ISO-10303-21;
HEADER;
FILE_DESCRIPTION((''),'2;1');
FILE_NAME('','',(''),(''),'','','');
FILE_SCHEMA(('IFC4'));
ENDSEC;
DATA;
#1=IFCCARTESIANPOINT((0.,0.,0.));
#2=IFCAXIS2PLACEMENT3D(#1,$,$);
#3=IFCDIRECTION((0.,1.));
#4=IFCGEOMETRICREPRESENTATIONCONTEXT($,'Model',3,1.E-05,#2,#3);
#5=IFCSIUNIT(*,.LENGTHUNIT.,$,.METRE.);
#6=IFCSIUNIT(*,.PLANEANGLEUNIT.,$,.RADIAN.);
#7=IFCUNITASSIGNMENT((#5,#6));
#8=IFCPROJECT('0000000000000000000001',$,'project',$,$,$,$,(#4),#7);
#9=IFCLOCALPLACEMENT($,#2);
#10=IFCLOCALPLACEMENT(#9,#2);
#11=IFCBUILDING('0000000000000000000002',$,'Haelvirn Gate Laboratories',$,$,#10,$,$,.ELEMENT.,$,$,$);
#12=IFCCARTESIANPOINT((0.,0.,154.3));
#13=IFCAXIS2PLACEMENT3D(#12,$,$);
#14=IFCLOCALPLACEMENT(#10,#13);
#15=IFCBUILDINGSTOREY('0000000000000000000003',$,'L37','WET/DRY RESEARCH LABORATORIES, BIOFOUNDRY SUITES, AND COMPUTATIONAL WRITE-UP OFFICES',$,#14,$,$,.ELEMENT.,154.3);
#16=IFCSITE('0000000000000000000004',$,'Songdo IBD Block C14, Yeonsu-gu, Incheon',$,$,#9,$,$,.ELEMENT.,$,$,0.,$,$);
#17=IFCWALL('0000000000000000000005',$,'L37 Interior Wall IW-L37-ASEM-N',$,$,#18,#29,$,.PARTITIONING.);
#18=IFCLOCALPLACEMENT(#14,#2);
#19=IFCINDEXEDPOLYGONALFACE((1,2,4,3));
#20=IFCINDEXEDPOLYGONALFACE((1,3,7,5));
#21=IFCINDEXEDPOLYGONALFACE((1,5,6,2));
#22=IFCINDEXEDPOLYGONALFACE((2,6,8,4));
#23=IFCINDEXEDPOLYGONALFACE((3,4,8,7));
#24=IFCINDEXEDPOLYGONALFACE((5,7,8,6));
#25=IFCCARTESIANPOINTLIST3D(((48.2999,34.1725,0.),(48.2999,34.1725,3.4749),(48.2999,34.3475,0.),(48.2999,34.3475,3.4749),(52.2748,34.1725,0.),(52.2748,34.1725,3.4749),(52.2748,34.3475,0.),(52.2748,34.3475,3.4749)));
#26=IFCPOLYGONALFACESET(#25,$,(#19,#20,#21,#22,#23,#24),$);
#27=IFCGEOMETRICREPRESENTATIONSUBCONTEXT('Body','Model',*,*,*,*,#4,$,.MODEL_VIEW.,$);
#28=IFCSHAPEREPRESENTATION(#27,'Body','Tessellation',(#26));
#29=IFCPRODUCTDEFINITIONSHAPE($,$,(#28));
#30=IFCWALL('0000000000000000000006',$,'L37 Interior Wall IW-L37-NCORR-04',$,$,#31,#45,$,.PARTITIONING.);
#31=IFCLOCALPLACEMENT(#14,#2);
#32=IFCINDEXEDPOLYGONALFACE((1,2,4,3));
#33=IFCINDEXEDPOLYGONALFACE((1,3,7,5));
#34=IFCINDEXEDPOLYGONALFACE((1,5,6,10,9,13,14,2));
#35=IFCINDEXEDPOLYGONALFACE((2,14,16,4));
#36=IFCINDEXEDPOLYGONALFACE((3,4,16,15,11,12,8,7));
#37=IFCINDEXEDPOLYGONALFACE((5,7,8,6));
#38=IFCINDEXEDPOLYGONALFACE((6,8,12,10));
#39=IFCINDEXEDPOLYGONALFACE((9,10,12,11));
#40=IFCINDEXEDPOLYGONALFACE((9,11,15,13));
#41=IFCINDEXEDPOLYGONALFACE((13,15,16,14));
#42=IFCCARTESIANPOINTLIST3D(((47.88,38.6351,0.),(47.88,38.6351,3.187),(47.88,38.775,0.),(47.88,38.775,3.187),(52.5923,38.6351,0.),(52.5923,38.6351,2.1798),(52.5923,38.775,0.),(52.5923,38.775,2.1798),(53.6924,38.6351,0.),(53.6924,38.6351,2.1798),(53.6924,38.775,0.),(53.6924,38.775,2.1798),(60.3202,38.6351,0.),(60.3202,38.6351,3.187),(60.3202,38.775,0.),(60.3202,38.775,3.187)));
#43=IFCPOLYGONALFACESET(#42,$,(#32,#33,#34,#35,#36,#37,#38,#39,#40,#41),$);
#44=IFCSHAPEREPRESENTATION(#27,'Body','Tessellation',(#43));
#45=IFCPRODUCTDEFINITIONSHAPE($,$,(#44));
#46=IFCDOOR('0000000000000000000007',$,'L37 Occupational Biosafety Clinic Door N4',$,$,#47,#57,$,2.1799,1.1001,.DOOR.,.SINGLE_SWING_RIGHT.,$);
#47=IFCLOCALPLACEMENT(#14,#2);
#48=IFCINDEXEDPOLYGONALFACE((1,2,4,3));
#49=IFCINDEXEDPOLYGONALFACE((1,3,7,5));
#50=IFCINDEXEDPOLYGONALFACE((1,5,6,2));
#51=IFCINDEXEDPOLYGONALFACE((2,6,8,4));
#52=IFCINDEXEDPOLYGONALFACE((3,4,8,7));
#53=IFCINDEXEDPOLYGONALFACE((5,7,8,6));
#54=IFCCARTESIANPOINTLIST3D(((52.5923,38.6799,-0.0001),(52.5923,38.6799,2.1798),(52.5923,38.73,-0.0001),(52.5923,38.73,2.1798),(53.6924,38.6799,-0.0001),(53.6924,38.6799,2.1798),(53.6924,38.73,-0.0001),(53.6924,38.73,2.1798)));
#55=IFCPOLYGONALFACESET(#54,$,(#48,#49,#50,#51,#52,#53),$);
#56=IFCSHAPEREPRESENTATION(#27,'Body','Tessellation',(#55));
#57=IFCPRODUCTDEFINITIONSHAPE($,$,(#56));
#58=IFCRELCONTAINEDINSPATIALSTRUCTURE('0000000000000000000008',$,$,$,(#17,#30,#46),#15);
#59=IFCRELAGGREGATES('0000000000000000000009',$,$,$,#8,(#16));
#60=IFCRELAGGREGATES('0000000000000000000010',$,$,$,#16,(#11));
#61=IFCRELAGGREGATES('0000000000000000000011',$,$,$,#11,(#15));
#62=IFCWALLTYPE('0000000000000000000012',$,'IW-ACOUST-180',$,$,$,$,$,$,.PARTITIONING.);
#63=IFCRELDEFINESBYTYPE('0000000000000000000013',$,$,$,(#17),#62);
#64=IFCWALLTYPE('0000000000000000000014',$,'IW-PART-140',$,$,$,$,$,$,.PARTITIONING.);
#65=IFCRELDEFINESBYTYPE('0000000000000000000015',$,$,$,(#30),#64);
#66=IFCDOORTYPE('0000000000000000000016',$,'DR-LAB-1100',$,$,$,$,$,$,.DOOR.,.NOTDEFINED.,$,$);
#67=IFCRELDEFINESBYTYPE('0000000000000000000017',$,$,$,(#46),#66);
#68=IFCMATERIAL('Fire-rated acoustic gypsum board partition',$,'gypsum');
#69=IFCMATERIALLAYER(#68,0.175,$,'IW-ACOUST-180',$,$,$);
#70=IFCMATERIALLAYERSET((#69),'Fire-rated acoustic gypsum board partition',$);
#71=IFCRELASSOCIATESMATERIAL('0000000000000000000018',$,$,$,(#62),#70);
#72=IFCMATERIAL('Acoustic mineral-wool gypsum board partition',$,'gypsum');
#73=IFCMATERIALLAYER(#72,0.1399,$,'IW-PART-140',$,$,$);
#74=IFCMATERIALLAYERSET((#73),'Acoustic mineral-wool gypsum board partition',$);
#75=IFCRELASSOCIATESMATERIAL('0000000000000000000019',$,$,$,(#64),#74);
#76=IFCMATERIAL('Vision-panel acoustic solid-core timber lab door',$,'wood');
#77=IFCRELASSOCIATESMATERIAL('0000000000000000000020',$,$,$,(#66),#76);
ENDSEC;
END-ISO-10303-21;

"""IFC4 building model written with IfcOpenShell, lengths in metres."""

from ifc_helpers import new_model, si_unit, direction, frame, frame_2d, origin, place, context, subcontext, project, spatial, rectangle, extrude, source, transform, mapped, material, layer, layer_set, type_object, type_shapes, element, fill, save


model = new_model("IFC4")

# Units and contexts
model_context = context("Model", 3, precision=1e-05, world=origin(), true_north=direction((0.0, 1.0)))
body_context = subcontext(model_context, "Body", "Model", "MODEL_VIEW")
ifc_project = project(units=[si_unit("LENGTHUNIT", "METRE"), si_unit("PLANEANGLEUNIT", "RADIAN")], contexts=[model_context])

# Site, building, storey
site_placement = place(None, origin())
site = spatial("IfcSite", under=ifc_project, at=site_placement, Name="Songdo IBD Block C14, Yeonsu-gu, Incheon", CompositionType="ELEMENT", RefElevation=0.0)
building_placement = place(site_placement, origin())
building = spatial("IfcBuilding", under=site, at=building_placement, Name="Haelvirn Gate Laboratories", CompositionType="ELEMENT")
storey_placement = place(building_placement, frame((0.0, 0.0, 154.3)))
storey = spatial("IfcBuildingStorey", under=building, at=storey_placement, Name="L37", Description="WET/DRY RESEARCH LABORATORIES, BIOFOUNDRY SUITES, AND COMPUTATIONAL WRITE-UP OFFICES", CompositionType="ELEMENT", Elevation=154.3)

# Wall
ifc_material_1 = material(Name="Fire-rated acoustic gypsum board partition", Category="gypsum")
ifc_layer_1 = layer(ifc_material_1, 0.175, Name="IW-ACOUST-180")
ifc_layer_set_1 = layer_set([ifc_layer_1], Name="Fire-rated acoustic gypsum board partition")
wall_type_1 = type_object("IfcWallType", Name="IW-ACOUST-180", PredefinedType="PARTITIONING", material=ifc_layer_set_1)
wall_1_placement = place(storey_placement, frame((48.3, 34.26, 0.0), z_axis=(0.0, 0.0, 1.0), x_axis=(1.0, 0.0, 0.0)))
element("IfcWall", 1, at=wall_1_placement, inside=storey, type_object=wall_type_1, Name="L37 Interior Wall IW-L37-ASEM-N", PredefinedType="PARTITIONING", context=body_context, shape_type="SweptSolid", body=[
    extrude(rectangle(XDim=3.9749, YDim=0.175, at=frame_2d((1.9873, 0.0))), origin(), (0.0, 0.0, 1.0), 3.4749),
])

# Wall, opening, door
ifc_material_2 = material(Name="Acoustic mineral-wool gypsum board partition", Category="gypsum")
ifc_layer_2 = layer(ifc_material_2, 0.1399, Name="IW-PART-140")
ifc_layer_set_2 = layer_set([ifc_layer_2], Name="Acoustic mineral-wool gypsum board partition")
wall_type_2 = type_object("IfcWallType", Name="IW-PART-140", PredefinedType="PARTITIONING", material=ifc_layer_set_2)
wall_2_placement = place(storey_placement, frame((47.8799, 38.7051, 0.0), z_axis=(0.0, 0.0, 1.0), x_axis=(1.0, 0.0, 0.0)))
wall_2 = element("IfcWall", 2, at=wall_2_placement, inside=storey, type_object=wall_type_2, Name="L37 Interior Wall IW-L37-NCORR-04", PredefinedType="PARTITIONING", context=body_context, shape_type="SweptSolid", body=[
    extrude(rectangle(XDim=12.4402, YDim=0.1399, at=frame_2d((6.2202, 0.0))), origin(), (0.0, 0.0, 1.0), 3.187),
])
opening_placement = place(wall_2_placement, frame((4.7124, 0.0, 0.0)))
opening = element("IfcOpeningElement", 3, at=opening_placement, cuts=wall_2, PredefinedType="OPENING", context=body_context, shape_type="SweptSolid", body=[
    extrude(rectangle(XDim=1.1001, YDim=2.1799, at=frame_2d((0.55, 1.0898))), frame((0.0, 0.0801, 0.0), z_axis=(0.0, -1.0, 0.0), x_axis=(1.0, 0.0, 0.0)), (0.0, 0.0, 1.0), 0.1599),
])
ifc_material_3 = material(Name="Vision-panel acoustic solid-core timber lab door", Category="wood")
door_type = type_object("IfcDoorType", Name="DR-LAB-1100", OperationType="NOTDEFINED", PredefinedType="DOOR", material=ifc_material_3)
shared_shape_1 = source(origin(), body_context, "Body", "SweptSolid", [
    extrude(rectangle(XDim=1.1001, YDim=2.1799, at=frame_2d((0.55, 1.0898))), frame((0.0, 0.0249, 0.0), z_axis=(0.0, -1.0, 0.0), x_axis=(1.0, 0.0, 0.0)), (0.0, 0.0, 1.0), 0.05),
])
type_shapes(door_type, [shared_shape_1])
door_placement = place(opening_placement, origin())
door = element("IfcDoor", 4, at=door_placement, inside=storey, type_object=door_type, Name="L37 Occupational Biosafety Clinic Door N4", OperationType="SINGLE_SWING_RIGHT", OverallHeight=2.1799, OverallWidth=1.1001, PredefinedType="DOOR", context=body_context, shape_type="MappedRepresentation", body=[
    mapped(shared_shape_1, transform((0.0, 0.0, 0.0), scale=1.0)),
])
fill(opening, door)

save(model, "model.ifc")
